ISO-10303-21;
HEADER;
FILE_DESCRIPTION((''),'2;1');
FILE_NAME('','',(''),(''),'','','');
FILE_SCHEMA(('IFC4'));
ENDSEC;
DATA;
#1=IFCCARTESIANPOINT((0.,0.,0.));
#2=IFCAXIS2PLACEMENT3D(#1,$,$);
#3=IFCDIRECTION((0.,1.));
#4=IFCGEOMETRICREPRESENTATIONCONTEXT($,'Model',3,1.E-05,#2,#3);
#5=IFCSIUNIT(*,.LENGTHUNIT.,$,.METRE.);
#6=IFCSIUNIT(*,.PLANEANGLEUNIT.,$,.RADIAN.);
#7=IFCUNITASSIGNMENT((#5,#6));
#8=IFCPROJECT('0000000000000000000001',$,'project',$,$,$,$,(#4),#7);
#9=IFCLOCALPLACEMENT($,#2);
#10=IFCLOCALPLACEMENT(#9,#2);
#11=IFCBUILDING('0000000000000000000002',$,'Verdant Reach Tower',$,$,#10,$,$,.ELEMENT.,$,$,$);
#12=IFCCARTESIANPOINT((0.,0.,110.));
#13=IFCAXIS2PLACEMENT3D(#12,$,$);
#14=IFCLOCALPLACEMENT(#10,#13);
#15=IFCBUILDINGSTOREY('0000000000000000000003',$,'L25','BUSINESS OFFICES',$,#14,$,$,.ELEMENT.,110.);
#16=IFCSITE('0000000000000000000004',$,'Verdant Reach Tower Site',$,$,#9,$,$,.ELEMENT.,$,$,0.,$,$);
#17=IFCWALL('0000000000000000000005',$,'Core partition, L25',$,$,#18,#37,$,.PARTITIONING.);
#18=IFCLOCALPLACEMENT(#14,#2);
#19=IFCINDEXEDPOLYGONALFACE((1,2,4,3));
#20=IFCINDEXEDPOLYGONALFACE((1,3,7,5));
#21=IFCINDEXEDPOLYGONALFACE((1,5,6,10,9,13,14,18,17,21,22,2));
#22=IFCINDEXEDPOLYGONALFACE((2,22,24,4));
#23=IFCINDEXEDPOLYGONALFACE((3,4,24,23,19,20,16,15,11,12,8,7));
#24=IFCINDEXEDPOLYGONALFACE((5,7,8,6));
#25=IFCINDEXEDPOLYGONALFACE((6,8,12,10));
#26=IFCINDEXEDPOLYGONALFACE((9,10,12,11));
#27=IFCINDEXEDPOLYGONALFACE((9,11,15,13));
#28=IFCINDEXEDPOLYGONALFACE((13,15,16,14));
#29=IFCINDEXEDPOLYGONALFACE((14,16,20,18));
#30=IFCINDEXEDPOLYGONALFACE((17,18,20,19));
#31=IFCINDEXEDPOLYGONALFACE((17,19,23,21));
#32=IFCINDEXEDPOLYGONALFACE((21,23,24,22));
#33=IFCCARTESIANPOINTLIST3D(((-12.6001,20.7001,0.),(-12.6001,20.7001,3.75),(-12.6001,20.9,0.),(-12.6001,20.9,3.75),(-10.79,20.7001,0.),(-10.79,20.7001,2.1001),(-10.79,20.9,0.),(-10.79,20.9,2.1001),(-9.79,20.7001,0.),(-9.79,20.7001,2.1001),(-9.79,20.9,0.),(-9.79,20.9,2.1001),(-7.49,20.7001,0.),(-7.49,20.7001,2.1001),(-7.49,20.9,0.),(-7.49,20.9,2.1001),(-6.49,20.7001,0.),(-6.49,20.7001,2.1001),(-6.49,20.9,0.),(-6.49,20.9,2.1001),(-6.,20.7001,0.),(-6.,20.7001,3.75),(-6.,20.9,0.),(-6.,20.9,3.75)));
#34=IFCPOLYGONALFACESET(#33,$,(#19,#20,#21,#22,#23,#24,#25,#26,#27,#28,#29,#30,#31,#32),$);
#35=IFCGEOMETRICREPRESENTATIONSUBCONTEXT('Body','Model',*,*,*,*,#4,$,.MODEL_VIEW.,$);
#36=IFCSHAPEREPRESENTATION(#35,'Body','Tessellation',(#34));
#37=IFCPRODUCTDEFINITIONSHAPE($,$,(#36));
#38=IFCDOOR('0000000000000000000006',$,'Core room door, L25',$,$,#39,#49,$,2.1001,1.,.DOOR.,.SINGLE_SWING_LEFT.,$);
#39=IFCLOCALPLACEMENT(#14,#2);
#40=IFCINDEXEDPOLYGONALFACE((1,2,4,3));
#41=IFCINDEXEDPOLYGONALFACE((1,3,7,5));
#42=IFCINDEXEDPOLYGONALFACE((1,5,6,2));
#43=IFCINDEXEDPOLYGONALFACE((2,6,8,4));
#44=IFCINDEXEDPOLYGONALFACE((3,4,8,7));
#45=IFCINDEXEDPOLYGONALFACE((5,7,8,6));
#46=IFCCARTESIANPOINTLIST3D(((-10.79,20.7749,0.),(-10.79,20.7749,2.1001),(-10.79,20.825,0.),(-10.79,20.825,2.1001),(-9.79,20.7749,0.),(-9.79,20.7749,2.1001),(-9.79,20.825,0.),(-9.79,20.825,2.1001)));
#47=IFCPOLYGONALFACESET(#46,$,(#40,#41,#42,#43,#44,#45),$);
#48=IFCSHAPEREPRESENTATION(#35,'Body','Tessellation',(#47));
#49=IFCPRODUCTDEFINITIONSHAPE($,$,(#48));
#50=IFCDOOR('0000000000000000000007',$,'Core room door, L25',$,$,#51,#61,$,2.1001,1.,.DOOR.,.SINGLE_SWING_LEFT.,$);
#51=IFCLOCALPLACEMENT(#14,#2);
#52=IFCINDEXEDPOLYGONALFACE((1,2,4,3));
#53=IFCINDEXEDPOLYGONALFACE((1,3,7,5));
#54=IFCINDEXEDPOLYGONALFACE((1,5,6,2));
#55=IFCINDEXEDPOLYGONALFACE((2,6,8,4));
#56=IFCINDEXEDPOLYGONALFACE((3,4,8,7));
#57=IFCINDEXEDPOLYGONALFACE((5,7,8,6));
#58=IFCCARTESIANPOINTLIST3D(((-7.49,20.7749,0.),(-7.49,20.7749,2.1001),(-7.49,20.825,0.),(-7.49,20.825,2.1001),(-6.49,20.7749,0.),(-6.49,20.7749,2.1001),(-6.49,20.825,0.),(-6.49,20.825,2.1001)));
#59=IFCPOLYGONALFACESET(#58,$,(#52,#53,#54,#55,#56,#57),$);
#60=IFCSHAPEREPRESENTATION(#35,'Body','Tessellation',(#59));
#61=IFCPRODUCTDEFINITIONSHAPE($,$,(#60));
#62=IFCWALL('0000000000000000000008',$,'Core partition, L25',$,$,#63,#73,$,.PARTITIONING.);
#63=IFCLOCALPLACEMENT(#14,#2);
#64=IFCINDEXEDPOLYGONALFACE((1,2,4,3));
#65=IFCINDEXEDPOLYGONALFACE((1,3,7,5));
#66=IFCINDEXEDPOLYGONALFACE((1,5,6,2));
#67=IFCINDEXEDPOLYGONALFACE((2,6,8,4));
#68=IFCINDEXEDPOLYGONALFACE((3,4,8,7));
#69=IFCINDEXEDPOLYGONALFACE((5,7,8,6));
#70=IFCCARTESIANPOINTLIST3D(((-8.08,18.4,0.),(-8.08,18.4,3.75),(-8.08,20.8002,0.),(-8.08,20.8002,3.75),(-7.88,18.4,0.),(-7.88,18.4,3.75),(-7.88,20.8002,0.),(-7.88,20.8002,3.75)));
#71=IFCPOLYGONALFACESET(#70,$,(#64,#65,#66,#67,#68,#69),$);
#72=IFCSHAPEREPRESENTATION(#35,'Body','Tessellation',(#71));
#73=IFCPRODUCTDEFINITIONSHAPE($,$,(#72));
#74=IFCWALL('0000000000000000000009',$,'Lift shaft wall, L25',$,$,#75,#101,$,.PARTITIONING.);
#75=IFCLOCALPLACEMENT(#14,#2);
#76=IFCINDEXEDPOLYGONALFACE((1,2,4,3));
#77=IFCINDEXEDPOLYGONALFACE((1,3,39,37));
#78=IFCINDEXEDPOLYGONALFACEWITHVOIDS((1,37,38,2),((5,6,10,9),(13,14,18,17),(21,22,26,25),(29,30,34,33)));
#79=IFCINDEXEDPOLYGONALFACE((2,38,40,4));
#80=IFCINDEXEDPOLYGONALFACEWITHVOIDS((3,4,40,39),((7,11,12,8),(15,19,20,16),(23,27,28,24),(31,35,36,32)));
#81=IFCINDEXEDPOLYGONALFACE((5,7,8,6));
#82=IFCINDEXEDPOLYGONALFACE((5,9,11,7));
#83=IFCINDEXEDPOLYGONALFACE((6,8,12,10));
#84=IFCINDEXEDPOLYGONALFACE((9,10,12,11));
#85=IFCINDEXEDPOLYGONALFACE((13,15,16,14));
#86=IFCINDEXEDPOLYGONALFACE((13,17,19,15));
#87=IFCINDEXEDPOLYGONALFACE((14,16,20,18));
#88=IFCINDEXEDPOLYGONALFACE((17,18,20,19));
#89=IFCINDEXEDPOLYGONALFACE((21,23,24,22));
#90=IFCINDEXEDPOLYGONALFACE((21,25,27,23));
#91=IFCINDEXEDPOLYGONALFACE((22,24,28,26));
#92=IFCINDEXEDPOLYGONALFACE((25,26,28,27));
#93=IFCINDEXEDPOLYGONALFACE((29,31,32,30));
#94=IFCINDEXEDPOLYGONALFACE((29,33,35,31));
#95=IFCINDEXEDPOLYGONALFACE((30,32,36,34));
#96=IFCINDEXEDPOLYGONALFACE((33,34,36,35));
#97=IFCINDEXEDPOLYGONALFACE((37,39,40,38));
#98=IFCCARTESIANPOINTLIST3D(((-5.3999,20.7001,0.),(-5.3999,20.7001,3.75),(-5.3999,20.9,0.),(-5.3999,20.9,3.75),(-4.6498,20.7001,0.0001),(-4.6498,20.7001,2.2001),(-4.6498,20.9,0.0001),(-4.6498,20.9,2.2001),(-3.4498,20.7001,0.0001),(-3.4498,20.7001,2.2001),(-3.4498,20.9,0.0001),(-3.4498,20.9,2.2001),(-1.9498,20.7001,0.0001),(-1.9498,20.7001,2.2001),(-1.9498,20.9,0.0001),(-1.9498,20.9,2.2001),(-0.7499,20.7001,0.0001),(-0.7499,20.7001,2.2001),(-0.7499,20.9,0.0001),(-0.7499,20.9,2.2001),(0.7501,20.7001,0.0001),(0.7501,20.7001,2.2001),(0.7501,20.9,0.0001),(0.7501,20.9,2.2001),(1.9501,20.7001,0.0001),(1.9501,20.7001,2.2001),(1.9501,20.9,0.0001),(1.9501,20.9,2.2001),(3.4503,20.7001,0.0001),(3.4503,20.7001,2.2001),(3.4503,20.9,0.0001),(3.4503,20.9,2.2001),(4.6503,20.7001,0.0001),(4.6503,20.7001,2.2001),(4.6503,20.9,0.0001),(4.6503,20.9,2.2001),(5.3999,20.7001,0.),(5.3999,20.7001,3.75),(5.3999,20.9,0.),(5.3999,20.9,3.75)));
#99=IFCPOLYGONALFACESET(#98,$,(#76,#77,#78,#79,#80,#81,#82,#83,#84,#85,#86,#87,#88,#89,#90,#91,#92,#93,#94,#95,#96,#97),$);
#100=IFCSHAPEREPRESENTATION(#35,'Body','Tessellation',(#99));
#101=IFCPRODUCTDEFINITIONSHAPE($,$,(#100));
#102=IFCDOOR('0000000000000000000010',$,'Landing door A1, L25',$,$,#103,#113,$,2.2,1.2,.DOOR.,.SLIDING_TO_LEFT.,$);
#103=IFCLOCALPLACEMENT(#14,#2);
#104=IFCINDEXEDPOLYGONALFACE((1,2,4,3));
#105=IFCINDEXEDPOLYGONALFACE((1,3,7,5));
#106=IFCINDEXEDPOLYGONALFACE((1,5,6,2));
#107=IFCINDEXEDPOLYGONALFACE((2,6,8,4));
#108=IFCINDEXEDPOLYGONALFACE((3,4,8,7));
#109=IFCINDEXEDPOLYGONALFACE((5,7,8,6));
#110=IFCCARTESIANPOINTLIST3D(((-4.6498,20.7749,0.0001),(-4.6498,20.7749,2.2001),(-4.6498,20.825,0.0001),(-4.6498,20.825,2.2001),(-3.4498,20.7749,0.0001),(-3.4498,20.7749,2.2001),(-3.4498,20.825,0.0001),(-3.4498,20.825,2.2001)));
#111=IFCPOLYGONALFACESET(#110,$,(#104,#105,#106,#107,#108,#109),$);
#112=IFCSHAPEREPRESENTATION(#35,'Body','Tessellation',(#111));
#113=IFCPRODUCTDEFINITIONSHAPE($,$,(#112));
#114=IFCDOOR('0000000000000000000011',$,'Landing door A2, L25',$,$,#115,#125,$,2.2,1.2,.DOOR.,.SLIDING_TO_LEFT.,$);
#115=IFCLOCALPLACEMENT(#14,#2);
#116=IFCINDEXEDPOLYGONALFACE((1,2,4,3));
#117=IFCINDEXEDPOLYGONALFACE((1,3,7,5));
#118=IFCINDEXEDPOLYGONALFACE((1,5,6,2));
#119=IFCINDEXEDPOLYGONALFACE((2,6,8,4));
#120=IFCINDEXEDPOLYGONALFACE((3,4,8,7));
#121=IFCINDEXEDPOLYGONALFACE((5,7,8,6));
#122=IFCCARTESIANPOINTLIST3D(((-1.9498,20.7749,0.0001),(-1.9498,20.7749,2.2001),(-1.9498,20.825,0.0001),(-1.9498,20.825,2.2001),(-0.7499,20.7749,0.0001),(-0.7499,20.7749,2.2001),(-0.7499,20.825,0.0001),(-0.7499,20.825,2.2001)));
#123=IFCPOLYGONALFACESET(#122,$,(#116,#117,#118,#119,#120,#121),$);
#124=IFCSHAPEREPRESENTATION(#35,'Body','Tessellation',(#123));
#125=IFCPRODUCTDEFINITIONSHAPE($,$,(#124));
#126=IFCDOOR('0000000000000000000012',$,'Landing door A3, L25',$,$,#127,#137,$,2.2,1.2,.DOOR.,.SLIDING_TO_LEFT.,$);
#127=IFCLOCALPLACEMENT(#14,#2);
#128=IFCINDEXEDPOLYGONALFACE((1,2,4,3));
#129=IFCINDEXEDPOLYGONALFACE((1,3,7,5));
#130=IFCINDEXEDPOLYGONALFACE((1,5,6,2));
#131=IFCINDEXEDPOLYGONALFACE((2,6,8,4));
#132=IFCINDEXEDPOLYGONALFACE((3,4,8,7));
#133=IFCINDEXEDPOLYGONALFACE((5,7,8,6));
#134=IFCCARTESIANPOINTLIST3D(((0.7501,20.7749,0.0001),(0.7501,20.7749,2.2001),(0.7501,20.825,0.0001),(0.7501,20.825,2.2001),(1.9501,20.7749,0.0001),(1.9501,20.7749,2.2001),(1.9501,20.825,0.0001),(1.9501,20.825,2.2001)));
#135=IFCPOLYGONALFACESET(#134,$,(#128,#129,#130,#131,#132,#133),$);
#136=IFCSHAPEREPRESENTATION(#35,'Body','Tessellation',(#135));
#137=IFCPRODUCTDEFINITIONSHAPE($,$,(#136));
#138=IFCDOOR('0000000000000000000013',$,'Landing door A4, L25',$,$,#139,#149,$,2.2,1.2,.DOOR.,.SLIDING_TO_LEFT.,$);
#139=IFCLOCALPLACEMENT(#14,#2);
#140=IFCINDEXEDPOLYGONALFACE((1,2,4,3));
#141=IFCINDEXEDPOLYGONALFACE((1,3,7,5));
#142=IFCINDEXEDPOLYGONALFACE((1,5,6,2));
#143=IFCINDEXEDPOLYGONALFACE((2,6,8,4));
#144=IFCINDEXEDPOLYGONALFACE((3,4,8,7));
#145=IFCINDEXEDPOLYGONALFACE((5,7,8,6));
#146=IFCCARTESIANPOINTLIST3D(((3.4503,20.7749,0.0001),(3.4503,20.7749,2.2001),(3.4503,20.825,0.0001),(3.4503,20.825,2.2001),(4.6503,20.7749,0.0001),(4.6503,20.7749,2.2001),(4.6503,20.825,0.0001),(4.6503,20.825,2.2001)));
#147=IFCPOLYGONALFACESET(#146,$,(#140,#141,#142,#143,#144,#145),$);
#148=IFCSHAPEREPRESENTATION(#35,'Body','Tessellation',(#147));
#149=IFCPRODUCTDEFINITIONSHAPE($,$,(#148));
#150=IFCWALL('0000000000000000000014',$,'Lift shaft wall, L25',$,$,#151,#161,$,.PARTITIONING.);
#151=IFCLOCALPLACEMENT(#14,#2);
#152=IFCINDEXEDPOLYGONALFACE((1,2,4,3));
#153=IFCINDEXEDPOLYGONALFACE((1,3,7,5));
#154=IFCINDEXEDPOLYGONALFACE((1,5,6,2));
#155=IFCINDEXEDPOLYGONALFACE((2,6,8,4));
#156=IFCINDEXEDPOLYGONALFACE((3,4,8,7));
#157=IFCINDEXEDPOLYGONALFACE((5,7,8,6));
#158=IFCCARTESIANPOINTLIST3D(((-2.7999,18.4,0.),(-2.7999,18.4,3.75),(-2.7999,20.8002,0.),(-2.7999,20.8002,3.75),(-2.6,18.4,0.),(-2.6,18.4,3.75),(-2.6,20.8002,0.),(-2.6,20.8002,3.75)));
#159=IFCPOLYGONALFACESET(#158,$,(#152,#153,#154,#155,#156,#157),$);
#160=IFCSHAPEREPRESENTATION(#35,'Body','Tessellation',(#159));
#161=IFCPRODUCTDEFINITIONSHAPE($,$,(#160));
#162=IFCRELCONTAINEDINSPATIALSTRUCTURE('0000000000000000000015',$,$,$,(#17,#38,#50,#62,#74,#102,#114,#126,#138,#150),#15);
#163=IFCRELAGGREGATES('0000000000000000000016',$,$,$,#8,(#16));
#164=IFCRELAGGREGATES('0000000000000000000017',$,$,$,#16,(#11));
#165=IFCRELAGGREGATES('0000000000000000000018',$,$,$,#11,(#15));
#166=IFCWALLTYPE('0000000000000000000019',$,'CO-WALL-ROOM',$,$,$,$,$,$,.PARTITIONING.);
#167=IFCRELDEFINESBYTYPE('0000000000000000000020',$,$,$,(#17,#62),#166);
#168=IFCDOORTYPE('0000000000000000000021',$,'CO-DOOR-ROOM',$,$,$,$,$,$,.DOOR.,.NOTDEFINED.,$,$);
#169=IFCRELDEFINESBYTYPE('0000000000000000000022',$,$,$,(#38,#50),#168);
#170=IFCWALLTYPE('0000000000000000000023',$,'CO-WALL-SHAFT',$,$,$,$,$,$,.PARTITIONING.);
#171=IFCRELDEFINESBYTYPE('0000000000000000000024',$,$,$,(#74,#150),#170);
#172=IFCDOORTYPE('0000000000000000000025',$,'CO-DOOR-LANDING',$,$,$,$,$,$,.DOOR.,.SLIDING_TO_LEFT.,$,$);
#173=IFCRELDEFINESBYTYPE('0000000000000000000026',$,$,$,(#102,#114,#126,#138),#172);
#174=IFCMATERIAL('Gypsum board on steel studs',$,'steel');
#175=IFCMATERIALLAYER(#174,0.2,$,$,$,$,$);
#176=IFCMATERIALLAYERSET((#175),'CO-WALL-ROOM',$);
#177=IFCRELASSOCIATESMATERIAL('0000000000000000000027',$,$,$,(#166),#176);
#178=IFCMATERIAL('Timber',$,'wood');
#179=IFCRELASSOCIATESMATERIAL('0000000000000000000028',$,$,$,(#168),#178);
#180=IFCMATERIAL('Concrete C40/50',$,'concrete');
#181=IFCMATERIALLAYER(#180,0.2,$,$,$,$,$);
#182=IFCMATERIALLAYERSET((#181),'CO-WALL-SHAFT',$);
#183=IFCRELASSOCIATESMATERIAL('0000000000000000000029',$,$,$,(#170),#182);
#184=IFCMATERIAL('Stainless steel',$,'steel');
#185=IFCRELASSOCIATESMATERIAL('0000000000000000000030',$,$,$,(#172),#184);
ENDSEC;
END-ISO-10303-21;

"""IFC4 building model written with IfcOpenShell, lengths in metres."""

from ifc_helpers import new_model, si_unit, direction, frame, frame_2d, origin, place, context, subcontext, project, spatial, rectangle, extrude, material, layer, layer_set, type_object, element, fill, save


model = new_model("IFC4")

# Units and contexts
model_context = context("Model", 3, precision=1e-05, world=origin(), true_north=direction((0.0, 1.0)))
body_context = subcontext(model_context, "Body", "Model", "MODEL_VIEW")
ifc_project = project(units=[si_unit("LENGTHUNIT", "METRE"), si_unit("PLANEANGLEUNIT", "RADIAN")], contexts=[model_context])

# Site, building, storey
site_placement = place(None, origin())
site = spatial("IfcSite", under=ifc_project, at=site_placement, Name="Verdant Reach Tower Site", CompositionType="ELEMENT", RefElevation=0.0)
building_placement = place(site_placement, origin())
building = spatial("IfcBuilding", under=site, at=building_placement, Name="Verdant Reach Tower", CompositionType="ELEMENT")
storey_placement = place(building_placement, frame((0.0, 0.0, 110.0)))
storey = spatial("IfcBuildingStorey", under=building, at=storey_placement, Name="L25", Description="BUSINESS OFFICES", CompositionType="ELEMENT", Elevation=110.0)

# Wall, openings, doors
ifc_material_1 = material(Name="Gypsum board on steel studs", Category="steel")
ifc_layer_1 = layer(ifc_material_1, 0.2)
ifc_layer_set_1 = layer_set([ifc_layer_1], Name="CO-WALL-ROOM")
wall_type_1 = type_object("IfcWallType", Name="CO-WALL-ROOM", PredefinedType="PARTITIONING", material=ifc_layer_set_1)
wall_1_placement = place(storey_placement, frame((-12.6001, 20.8, 0.0), z_axis=(0.0, 0.0, 1.0), x_axis=(1.0, 0.0, 0.0)))
wall_1 = element("IfcWall", 1, at=wall_1_placement, inside=storey, type_object=wall_type_1, Name="Core partition, L25", PredefinedType="PARTITIONING", context=body_context, shape_type="SweptSolid", body=[
    extrude(rectangle(XDim=6.6001, YDim=0.2, at=frame_2d((3.3, 0.0))), origin(), (0.0, 0.0, 1.0), 3.75),
])
opening_1_placement = place(wall_1_placement, frame((1.8101, 0.0, 0.0)))
opening_1 = element("IfcOpeningElement", 2, at=opening_1_placement, cuts=wall_1, PredefinedType="OPENING", context=body_context, shape_type="SweptSolid", body=[
    extrude(rectangle(XDim=1.0, YDim=2.1001, at=frame_2d((0.5, 1.05))), frame((0.0, 0.1099, 0.0), z_axis=(0.0, -1.0, 0.0), x_axis=(1.0, 0.0, 0.0)), (0.0, 0.0, 1.0), 0.22),
])
opening_2_placement = place(wall_1_placement, frame((5.1101, 0.0, 0.0)))
opening_2 = element("IfcOpeningElement", 3, at=opening_2_placement, cuts=wall_1, PredefinedType="OPENING", context=body_context, shape_type="SweptSolid", body=[
    extrude(rectangle(XDim=1.0, YDim=2.1001, at=frame_2d((0.5, 1.05))), frame((0.0, 0.1099, 0.0), z_axis=(0.0, -1.0, 0.0), x_axis=(1.0, 0.0, 0.0)), (0.0, 0.0, 1.0), 0.22),
])
ifc_material_2 = material(Name="Timber", Category="wood")
door_type_1 = type_object("IfcDoorType", Name="CO-DOOR-ROOM", OperationType="NOTDEFINED", PredefinedType="DOOR", material=ifc_material_2)
door_1_placement = place(opening_1_placement, origin())
door_1 = element("IfcDoor", 4, at=door_1_placement, inside=storey, type_object=door_type_1, Name="Core room door, L25", OperationType="SINGLE_SWING_LEFT", OverallHeight=2.1001, OverallWidth=1.0, PredefinedType="DOOR", context=body_context, shape_type="SweptSolid", body=[
    extrude(rectangle(XDim=1.0, YDim=2.1001, at=frame_2d((0.5, 1.05))), frame((0.0, 0.0249, 0.0), z_axis=(0.0, -1.0, 0.0), x_axis=(1.0, 0.0, 0.0)), (0.0, 0.0, 1.0), 0.05),
])
fill(opening_1, door_1)
door_2_placement = place(opening_2_placement, origin())
door_2 = element("IfcDoor", 5, at=door_2_placement, inside=storey, type_object=door_type_1, Name="Core room door, L25", OperationType="SINGLE_SWING_LEFT", OverallHeight=2.1001, OverallWidth=1.0, PredefinedType="DOOR", context=body_context, shape_type="SweptSolid", body=[
    extrude(rectangle(XDim=1.0, YDim=2.1001, at=frame_2d((0.5, 1.05))), frame((0.0, 0.0249, 0.0), z_axis=(0.0, -1.0, 0.0), x_axis=(1.0, 0.0, 0.0)), (0.0, 0.0, 1.0), 0.05),
])
fill(opening_2, door_2)

# Wall
wall_2_placement = place(storey_placement, frame((-7.98, 18.3999, 0.0), z_axis=(0.0, 0.0, 1.0), x_axis=(0.0, 1.0, 0.0)))
element("IfcWall", 6, at=wall_2_placement, inside=storey, type_object=wall_type_1, Name="Core partition, L25", PredefinedType="PARTITIONING", context=body_context, shape_type="SweptSolid", body=[
    extrude(rectangle(XDim=2.4001, YDim=0.2, at=frame_2d((1.2002, 0.0))), origin(), (0.0, 0.0, 1.0), 3.75),
])

# Wall, openings, doors
ifc_material_3 = material(Name="Concrete C40/50", Category="concrete")
ifc_layer_2 = layer(ifc_material_3, 0.2)
ifc_layer_set_2 = layer_set([ifc_layer_2], Name="CO-WALL-SHAFT")
wall_type_2 = type_object("IfcWallType", Name="CO-WALL-SHAFT", PredefinedType="PARTITIONING", material=ifc_layer_set_2)
wall_3_placement = place(storey_placement, frame((-5.3999, 20.8, 0.0), z_axis=(0.0, 0.0, 1.0), x_axis=(1.0, 0.0, 0.0)))
wall_3 = element("IfcWall", 7, at=wall_3_placement, inside=storey, type_object=wall_type_2, Name="Lift shaft wall, L25", PredefinedType="PARTITIONING", context=body_context, shape_type="SweptSolid", body=[
    extrude(rectangle(XDim=10.7998, YDim=0.2, at=frame_2d((5.3999, 0.0))), origin(), (0.0, 0.0, 1.0), 3.75),
])
opening_3_placement = place(wall_3_placement, frame((0.75, 0.0, 0.0)))
opening_3 = element("IfcOpeningElement", 8, at=opening_3_placement, cuts=wall_3, PredefinedType="OPENING", context=body_context, shape_type="SweptSolid", body=[
    extrude(rectangle(XDim=1.2, YDim=2.2, at=frame_2d((0.6001, 1.1001))), frame((0.0, 0.1099, 0.0), z_axis=(0.0, -1.0, 0.0), x_axis=(1.0, 0.0, 0.0)), (0.0, 0.0, 1.0), 0.22),
])
opening_4_placement = place(wall_3_placement, frame((3.45, 0.0, 0.0)))
opening_4 = element("IfcOpeningElement", 9, at=opening_4_placement, cuts=wall_3, PredefinedType="OPENING", context=body_context, shape_type="SweptSolid", body=[
    extrude(rectangle(XDim=1.2, YDim=2.2, at=frame_2d((0.6001, 1.1001))), frame((0.0, 0.1099, 0.0), z_axis=(0.0, -1.0, 0.0), x_axis=(1.0, 0.0, 0.0)), (0.0, 0.0, 1.0), 0.22),
])
opening_5_placement = place(wall_3_placement, frame((6.1499, 0.0, 0.0)))
opening_5 = element("IfcOpeningElement", 10, at=opening_5_placement, cuts=wall_3, PredefinedType="OPENING", context=body_context, shape_type="SweptSolid", body=[
    extrude(rectangle(XDim=1.2, YDim=2.2, at=frame_2d((0.6001, 1.1001))), frame((0.0, 0.1099, 0.0), z_axis=(0.0, -1.0, 0.0), x_axis=(1.0, 0.0, 0.0)), (0.0, 0.0, 1.0), 0.22),
])
opening_6_placement = place(wall_3_placement, frame((8.8501, 0.0, 0.0)))
opening_6 = element("IfcOpeningElement", 11, at=opening_6_placement, cuts=wall_3, PredefinedType="OPENING", context=body_context, shape_type="SweptSolid", body=[
    extrude(rectangle(XDim=1.2, YDim=2.2, at=frame_2d((0.6001, 1.1001))), frame((0.0, 0.1099, 0.0), z_axis=(0.0, -1.0, 0.0), x_axis=(1.0, 0.0, 0.0)), (0.0, 0.0, 1.0), 0.22),
])
ifc_material_4 = material(Name="Stainless steel", Category="steel")
door_type_2 = type_object("IfcDoorType", Name="CO-DOOR-LANDING", OperationType="SLIDING_TO_LEFT", PredefinedType="DOOR", material=ifc_material_4)
door_3_placement = place(opening_3_placement, origin())
door_3 = element("IfcDoor", 12, at=door_3_placement, inside=storey, type_object=door_type_2, Name="Landing door A1, L25", OperationType="SLIDING_TO_LEFT", OverallHeight=2.2, OverallWidth=1.2, PredefinedType="DOOR", context=body_context, shape_type="SweptSolid", body=[
    extrude(rectangle(XDim=1.2, YDim=2.2, at=frame_2d((0.6001, 1.1001))), frame((0.0, 0.0249, 0.0), z_axis=(0.0, -1.0, 0.0), x_axis=(1.0, 0.0, 0.0)), (0.0, 0.0, 1.0), 0.05),
])
fill(opening_3, door_3)
door_4_placement = place(opening_4_placement, origin())
door_4 = element("IfcDoor", 13, at=door_4_placement, inside=storey, type_object=door_type_2, Name="Landing door A2, L25", OperationType="SLIDING_TO_LEFT", OverallHeight=2.2, OverallWidth=1.2, PredefinedType="DOOR", context=body_context, shape_type="SweptSolid", body=[
    extrude(rectangle(XDim=1.2, YDim=2.2, at=frame_2d((0.6001, 1.1001))), frame((0.0, 0.0249, 0.0), z_axis=(0.0, -1.0, 0.0), x_axis=(1.0, 0.0, 0.0)), (0.0, 0.0, 1.0), 0.05),
])
fill(opening_4, door_4)
door_5_placement = place(opening_5_placement, origin())
door_5 = element("IfcDoor", 14, at=door_5_placement, inside=storey, type_object=door_type_2, Name="Landing door A3, L25", OperationType="SLIDING_TO_LEFT", OverallHeight=2.2, OverallWidth=1.2, PredefinedType="DOOR", context=body_context, shape_type="SweptSolid", body=[
    extrude(rectangle(XDim=1.2, YDim=2.2, at=frame_2d((0.6001, 1.1001))), frame((0.0, 0.0249, 0.0), z_axis=(0.0, -1.0, 0.0), x_axis=(1.0, 0.0, 0.0)), (0.0, 0.0, 1.0), 0.05),
])
fill(opening_5, door_5)
door_6_placement = place(opening_6_placement, origin())
door_6 = element("IfcDoor", 15, at=door_6_placement, inside=storey, type_object=door_type_2, Name="Landing door A4, L25", OperationType="SLIDING_TO_LEFT", OverallHeight=2.2, OverallWidth=1.2, PredefinedType="DOOR", context=body_context, shape_type="SweptSolid", body=[
    extrude(rectangle(XDim=1.2, YDim=2.2, at=frame_2d((0.6001, 1.1001))), frame((0.0, 0.0249, 0.0), z_axis=(0.0, -1.0, 0.0), x_axis=(1.0, 0.0, 0.0)), (0.0, 0.0, 1.0), 0.05),
])
fill(opening_6, door_6)

# Wall
wall_4_placement = place(storey_placement, frame((-2.7, 18.3999, 0.0), z_axis=(0.0, 0.0, 1.0), x_axis=(0.0, 1.0, 0.0)))
element("IfcWall", 16, at=wall_4_placement, inside=storey, type_object=wall_type_2, Name="Lift shaft wall, L25", PredefinedType="PARTITIONING", context=body_context, shape_type="SweptSolid", body=[
    extrude(rectangle(XDim=2.4001, YDim=0.2, at=frame_2d((1.2002, 0.0))), origin(), (0.0, 0.0, 1.0), 3.75),
])

save(model, "model.ifc")
